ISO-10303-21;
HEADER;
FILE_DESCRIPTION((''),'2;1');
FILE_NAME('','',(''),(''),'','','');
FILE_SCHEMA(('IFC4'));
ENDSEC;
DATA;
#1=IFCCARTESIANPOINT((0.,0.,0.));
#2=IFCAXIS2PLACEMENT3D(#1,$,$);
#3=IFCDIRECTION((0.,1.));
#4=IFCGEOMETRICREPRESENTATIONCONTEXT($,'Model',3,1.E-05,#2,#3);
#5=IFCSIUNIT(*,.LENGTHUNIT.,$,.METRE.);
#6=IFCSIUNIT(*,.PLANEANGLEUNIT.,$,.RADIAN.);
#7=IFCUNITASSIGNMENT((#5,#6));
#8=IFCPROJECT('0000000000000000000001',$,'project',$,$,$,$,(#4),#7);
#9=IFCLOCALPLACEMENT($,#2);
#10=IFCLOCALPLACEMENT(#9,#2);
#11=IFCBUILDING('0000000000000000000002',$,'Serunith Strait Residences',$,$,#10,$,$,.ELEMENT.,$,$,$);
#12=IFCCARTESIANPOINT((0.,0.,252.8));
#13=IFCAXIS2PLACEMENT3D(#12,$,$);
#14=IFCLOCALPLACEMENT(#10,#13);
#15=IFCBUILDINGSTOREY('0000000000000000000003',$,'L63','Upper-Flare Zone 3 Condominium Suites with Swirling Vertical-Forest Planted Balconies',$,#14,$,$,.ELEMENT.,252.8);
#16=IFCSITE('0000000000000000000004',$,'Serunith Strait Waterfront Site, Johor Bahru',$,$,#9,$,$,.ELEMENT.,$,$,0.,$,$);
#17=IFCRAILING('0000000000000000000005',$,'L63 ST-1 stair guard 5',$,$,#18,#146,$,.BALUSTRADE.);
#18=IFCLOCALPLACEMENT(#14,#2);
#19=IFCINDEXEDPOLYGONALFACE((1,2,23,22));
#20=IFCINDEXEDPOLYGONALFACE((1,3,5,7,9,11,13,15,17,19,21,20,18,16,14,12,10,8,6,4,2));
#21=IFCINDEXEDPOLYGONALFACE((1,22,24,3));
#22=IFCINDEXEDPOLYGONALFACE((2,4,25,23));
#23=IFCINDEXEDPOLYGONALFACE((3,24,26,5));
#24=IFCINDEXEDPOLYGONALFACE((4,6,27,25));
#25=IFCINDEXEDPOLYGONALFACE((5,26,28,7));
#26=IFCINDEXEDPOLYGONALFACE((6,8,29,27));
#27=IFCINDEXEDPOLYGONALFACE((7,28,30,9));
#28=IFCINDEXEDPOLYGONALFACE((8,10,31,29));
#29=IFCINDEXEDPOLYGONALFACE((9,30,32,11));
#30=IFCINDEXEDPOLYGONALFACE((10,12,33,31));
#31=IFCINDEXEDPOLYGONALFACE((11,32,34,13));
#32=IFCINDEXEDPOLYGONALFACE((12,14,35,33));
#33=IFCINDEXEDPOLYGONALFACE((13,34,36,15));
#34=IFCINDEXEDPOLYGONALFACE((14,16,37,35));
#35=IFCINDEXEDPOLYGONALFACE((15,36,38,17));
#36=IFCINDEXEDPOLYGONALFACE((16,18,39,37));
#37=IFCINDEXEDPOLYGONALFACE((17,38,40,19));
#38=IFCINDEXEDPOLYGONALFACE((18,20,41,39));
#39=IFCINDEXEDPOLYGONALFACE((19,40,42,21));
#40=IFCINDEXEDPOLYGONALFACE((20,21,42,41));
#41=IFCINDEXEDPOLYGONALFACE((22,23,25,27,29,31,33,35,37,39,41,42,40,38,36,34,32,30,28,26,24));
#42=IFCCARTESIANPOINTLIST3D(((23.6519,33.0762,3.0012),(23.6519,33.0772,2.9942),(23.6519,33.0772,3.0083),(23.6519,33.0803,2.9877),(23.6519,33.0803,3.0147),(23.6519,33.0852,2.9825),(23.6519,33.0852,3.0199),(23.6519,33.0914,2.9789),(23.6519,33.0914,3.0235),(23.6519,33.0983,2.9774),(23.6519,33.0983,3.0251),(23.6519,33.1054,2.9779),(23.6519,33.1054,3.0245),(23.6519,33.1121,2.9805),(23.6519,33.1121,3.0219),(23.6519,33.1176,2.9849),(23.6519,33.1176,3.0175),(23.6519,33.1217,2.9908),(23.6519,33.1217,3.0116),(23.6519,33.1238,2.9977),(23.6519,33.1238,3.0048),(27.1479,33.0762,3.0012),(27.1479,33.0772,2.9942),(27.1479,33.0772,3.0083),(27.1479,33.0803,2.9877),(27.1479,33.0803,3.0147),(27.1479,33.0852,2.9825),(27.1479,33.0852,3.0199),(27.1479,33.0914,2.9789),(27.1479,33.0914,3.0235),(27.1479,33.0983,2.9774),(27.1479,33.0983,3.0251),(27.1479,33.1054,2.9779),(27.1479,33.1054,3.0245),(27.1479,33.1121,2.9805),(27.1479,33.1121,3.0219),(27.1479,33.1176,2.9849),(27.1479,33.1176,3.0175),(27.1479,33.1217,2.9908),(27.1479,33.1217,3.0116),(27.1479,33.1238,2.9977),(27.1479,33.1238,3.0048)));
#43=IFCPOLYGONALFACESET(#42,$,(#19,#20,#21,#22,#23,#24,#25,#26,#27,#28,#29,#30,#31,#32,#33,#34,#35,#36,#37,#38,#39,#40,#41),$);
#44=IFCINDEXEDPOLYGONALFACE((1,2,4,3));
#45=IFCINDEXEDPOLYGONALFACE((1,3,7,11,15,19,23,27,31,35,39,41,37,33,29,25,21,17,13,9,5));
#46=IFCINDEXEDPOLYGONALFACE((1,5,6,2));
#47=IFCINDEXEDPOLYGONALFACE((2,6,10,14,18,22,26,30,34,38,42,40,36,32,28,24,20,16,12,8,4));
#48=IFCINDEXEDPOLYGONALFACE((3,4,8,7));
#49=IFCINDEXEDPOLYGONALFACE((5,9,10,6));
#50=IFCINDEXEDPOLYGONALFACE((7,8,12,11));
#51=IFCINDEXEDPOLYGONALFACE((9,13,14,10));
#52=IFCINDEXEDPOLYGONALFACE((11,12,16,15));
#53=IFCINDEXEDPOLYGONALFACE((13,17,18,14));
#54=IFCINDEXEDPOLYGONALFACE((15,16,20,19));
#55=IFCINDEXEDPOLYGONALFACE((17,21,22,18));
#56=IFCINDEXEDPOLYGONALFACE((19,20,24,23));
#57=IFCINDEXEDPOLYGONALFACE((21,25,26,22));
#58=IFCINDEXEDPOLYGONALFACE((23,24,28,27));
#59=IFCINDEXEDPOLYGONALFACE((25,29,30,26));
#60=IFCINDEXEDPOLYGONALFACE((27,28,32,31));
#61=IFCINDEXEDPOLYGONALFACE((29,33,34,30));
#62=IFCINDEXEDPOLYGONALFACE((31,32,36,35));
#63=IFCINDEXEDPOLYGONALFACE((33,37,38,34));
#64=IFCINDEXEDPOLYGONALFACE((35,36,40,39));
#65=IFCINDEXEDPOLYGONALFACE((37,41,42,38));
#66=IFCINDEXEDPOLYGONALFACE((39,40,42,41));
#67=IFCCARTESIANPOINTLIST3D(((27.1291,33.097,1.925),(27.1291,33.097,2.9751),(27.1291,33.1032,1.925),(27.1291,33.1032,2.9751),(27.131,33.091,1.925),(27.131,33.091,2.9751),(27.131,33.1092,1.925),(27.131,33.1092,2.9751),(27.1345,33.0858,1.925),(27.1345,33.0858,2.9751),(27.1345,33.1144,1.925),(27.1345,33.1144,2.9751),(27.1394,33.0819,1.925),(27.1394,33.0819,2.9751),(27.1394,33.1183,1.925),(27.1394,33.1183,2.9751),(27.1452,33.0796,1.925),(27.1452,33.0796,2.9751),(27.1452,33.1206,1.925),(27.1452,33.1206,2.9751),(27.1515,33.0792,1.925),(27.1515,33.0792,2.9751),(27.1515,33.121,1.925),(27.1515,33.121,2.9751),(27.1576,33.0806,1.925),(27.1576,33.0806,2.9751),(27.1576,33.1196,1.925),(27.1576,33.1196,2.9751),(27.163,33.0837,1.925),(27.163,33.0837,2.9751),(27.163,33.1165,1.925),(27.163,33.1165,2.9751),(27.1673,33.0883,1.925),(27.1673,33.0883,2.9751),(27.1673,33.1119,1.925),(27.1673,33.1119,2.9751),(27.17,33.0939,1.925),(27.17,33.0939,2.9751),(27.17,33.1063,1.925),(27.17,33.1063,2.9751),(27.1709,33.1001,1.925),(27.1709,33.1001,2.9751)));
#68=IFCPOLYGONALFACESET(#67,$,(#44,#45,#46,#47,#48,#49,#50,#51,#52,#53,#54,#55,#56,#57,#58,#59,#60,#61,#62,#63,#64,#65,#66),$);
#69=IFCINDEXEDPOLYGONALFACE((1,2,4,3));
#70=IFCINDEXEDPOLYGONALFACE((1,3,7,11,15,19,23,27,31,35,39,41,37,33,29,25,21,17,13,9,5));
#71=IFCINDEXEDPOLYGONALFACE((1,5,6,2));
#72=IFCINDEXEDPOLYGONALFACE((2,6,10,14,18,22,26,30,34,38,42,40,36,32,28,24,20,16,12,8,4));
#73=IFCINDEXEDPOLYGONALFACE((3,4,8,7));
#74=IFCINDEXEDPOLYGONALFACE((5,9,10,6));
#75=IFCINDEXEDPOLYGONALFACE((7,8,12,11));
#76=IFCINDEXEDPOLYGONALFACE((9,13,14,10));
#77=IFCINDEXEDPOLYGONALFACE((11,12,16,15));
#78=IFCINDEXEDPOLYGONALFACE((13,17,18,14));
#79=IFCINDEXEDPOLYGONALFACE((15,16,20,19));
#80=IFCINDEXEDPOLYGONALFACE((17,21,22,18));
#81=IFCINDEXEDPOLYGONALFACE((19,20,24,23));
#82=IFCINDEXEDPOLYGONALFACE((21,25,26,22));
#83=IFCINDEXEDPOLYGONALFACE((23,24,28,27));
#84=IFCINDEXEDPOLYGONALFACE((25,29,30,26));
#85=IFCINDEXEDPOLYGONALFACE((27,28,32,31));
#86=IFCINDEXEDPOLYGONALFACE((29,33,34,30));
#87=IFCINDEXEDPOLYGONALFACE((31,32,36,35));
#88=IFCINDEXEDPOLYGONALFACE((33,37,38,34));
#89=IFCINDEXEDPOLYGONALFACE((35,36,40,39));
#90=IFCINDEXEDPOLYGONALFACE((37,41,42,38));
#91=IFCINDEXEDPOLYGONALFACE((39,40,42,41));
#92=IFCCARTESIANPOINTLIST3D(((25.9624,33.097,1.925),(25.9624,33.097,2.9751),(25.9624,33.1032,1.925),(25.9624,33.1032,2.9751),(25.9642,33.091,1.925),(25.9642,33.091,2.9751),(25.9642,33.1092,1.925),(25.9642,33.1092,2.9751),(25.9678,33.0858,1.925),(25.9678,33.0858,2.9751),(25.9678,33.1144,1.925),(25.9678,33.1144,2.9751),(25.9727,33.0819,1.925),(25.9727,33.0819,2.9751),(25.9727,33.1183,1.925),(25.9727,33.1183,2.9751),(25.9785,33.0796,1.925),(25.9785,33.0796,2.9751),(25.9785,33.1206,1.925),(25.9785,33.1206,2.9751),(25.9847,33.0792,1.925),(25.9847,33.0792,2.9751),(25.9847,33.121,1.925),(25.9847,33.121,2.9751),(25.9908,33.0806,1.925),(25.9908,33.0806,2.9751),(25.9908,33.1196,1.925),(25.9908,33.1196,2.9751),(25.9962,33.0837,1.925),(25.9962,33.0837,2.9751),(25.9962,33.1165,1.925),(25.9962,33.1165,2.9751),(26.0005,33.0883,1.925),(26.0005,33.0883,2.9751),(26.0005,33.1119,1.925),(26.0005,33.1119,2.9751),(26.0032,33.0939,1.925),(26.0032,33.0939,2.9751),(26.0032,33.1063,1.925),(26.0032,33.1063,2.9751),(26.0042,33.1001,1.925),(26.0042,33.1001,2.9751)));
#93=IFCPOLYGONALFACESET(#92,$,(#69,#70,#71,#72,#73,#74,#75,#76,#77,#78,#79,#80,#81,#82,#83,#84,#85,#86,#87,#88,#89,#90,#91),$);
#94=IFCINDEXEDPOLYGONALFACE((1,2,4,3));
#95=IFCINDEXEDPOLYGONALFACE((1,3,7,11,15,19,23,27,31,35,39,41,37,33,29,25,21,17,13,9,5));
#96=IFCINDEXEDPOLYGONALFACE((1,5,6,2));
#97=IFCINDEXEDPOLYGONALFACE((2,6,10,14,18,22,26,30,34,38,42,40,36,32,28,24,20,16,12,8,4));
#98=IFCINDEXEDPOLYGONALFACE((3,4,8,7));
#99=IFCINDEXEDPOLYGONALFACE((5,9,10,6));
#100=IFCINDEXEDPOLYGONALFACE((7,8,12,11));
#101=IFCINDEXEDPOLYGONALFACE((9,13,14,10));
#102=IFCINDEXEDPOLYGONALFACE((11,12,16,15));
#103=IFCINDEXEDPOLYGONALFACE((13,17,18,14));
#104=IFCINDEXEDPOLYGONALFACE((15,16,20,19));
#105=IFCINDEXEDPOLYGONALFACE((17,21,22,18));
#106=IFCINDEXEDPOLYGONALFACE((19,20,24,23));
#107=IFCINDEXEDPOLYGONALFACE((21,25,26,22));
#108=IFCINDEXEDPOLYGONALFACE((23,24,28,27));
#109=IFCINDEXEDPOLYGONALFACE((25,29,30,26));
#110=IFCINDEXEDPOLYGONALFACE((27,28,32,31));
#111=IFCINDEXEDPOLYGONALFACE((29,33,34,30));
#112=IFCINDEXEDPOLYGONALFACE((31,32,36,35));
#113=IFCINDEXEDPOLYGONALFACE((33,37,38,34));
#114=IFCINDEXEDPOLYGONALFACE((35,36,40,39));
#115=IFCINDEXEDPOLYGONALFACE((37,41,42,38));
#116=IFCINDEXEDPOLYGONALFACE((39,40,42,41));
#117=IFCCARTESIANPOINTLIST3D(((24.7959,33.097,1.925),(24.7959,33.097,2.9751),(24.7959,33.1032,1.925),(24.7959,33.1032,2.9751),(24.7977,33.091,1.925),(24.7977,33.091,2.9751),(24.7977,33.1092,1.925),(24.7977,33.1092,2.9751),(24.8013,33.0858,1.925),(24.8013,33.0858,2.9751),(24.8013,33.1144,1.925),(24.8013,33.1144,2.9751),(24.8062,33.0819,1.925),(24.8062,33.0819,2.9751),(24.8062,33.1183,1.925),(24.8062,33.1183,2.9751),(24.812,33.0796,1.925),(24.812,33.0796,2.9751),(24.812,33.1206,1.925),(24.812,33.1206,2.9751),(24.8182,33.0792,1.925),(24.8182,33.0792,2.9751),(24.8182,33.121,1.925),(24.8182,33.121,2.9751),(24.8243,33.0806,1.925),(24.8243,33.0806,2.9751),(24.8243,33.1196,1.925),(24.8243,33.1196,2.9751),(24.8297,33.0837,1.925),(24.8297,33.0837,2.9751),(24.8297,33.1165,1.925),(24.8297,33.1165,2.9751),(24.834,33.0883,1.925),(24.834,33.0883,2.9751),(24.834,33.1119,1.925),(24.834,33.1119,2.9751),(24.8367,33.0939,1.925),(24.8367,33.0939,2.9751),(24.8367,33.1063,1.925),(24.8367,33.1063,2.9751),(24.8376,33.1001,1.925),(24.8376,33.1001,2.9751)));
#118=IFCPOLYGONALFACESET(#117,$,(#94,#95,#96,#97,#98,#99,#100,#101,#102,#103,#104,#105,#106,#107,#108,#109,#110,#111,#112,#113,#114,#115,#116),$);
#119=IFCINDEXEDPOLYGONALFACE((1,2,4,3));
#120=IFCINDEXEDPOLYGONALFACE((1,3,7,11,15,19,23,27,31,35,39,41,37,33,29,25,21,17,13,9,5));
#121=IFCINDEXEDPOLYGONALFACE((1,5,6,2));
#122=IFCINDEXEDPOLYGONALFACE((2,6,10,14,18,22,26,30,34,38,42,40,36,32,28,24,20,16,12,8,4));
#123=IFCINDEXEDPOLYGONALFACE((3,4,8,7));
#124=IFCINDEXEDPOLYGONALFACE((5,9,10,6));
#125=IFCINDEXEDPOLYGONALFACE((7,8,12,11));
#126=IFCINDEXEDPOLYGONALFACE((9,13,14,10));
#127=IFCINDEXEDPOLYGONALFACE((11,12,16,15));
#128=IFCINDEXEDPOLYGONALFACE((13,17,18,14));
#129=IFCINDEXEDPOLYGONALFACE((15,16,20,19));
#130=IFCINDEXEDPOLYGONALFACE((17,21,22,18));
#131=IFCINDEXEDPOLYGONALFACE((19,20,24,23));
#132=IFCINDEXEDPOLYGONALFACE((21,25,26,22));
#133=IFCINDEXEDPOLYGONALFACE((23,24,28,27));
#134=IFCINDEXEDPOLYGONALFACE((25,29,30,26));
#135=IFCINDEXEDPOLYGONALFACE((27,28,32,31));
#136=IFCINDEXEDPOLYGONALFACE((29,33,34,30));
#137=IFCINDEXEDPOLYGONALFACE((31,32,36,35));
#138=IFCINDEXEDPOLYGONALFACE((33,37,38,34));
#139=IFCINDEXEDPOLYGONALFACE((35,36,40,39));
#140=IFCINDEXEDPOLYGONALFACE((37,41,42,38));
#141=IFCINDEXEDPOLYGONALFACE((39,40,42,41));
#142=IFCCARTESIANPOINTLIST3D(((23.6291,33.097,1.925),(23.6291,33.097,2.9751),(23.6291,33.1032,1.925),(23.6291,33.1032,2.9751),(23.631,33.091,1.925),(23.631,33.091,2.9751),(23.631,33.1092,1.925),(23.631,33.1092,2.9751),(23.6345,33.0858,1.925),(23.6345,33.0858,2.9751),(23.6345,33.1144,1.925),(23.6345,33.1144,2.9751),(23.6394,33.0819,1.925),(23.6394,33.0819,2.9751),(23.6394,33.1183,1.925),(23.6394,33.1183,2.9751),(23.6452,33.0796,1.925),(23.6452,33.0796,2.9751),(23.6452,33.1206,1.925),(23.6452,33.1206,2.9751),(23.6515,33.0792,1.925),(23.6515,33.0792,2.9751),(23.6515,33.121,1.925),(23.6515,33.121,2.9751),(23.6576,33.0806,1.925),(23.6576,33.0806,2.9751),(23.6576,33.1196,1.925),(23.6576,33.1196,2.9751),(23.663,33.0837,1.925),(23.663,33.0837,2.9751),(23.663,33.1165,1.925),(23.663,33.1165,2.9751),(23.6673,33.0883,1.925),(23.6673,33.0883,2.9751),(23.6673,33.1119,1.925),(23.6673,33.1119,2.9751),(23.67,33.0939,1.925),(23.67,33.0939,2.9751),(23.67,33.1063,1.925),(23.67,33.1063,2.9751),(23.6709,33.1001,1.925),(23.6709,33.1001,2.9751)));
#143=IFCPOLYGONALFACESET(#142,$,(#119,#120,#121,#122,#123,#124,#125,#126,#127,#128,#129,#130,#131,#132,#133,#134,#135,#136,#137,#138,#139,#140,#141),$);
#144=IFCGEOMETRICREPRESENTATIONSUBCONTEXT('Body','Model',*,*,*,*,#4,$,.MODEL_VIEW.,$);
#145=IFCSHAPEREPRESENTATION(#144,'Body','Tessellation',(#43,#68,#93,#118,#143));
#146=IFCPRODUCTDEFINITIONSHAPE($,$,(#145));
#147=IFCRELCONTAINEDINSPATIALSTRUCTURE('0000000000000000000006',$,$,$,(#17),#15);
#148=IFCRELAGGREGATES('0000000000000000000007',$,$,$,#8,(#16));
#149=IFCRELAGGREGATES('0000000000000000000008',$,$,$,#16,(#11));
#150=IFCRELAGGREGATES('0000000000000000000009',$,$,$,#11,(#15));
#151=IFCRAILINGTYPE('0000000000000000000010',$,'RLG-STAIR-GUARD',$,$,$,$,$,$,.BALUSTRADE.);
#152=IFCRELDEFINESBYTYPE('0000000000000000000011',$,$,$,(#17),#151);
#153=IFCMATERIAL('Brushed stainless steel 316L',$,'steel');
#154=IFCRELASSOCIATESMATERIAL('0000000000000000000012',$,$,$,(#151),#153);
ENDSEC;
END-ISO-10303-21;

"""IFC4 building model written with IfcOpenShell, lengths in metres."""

from ifc_helpers import new_model, si_unit, direction, frame, origin, origin_2d, place, context, subcontext, project, spatial, circle, extrude, material, type_object, element, save


model = new_model("IFC4")

# Units and contexts
model_context = context("Model", 3, precision=1e-05, world=origin(), true_north=direction((0.0, 1.0)))
body_context = subcontext(model_context, "Body", "Model", "MODEL_VIEW")
ifc_project = project(units=[si_unit("LENGTHUNIT", "METRE"), si_unit("PLANEANGLEUNIT", "RADIAN")], contexts=[model_context])

# Site, building, storey
site_placement = place(None, origin())
site = spatial("IfcSite", under=ifc_project, at=site_placement, Name="Serunith Strait Waterfront Site, Johor Bahru", CompositionType="ELEMENT", RefElevation=0.0)
building_placement = place(site_placement, origin())
building = spatial("IfcBuilding", under=site, at=building_placement, Name="Serunith Strait Residences", CompositionType="ELEMENT")
storey_placement = place(building_placement, frame((0.0, 0.0, 252.8)))
storey = spatial("IfcBuildingStorey", under=building, at=storey_placement, Name="L63", Description="Upper-Flare Zone 3 Condominium Suites with Swirling Vertical-Forest Planted Balconies", CompositionType="ELEMENT", Elevation=252.8)

# Railing
ifc_material_1 = material(Name="Brushed stainless steel 316L", Category="steel")
railing_type_1 = type_object("IfcRailingType", Name="RLG-STAIR-GUARD", PredefinedType="BALUSTRADE", material=ifc_material_1)
railing_1_placement = place(storey_placement, frame((27.1499, 33.1001, 1.925)))
element("IfcRailing", 1, at=railing_1_placement, inside=storey, type_object=railing_type_1, Name="L63 ST-1 stair guard 5", PredefinedType="BALUSTRADE", context=body_context, shape_type="SweptSolid", body=[
    extrude(circle(Radius=0.0239, at=origin_2d()), frame((-0.002, 0.0, 1.0762), z_axis=(-1.0, 0.0, 0.0), x_axis=(0.0, -1.0, 0.0)), (0.0, 0.0, 1.0), 3.4961),
    extrude(circle(Radius=0.021, at=origin_2d()), origin(), (0.0, 0.0, 1.0), 1.05),
    extrude(circle(Radius=0.021, at=origin_2d()), frame((-1.1667, 0.0, 0.0)), (0.0, 0.0, 1.0), 1.05),
    extrude(circle(Radius=0.021, at=origin_2d()), frame((-2.3333, 0.0, 0.0)), (0.0, 0.0, 1.0), 1.05),
    extrude(circle(Radius=0.021, at=origin_2d()), frame((-3.5, 0.0, 0.0)), (0.0, 0.0, 1.0), 1.05),
])

save(model, "model.ifc")
